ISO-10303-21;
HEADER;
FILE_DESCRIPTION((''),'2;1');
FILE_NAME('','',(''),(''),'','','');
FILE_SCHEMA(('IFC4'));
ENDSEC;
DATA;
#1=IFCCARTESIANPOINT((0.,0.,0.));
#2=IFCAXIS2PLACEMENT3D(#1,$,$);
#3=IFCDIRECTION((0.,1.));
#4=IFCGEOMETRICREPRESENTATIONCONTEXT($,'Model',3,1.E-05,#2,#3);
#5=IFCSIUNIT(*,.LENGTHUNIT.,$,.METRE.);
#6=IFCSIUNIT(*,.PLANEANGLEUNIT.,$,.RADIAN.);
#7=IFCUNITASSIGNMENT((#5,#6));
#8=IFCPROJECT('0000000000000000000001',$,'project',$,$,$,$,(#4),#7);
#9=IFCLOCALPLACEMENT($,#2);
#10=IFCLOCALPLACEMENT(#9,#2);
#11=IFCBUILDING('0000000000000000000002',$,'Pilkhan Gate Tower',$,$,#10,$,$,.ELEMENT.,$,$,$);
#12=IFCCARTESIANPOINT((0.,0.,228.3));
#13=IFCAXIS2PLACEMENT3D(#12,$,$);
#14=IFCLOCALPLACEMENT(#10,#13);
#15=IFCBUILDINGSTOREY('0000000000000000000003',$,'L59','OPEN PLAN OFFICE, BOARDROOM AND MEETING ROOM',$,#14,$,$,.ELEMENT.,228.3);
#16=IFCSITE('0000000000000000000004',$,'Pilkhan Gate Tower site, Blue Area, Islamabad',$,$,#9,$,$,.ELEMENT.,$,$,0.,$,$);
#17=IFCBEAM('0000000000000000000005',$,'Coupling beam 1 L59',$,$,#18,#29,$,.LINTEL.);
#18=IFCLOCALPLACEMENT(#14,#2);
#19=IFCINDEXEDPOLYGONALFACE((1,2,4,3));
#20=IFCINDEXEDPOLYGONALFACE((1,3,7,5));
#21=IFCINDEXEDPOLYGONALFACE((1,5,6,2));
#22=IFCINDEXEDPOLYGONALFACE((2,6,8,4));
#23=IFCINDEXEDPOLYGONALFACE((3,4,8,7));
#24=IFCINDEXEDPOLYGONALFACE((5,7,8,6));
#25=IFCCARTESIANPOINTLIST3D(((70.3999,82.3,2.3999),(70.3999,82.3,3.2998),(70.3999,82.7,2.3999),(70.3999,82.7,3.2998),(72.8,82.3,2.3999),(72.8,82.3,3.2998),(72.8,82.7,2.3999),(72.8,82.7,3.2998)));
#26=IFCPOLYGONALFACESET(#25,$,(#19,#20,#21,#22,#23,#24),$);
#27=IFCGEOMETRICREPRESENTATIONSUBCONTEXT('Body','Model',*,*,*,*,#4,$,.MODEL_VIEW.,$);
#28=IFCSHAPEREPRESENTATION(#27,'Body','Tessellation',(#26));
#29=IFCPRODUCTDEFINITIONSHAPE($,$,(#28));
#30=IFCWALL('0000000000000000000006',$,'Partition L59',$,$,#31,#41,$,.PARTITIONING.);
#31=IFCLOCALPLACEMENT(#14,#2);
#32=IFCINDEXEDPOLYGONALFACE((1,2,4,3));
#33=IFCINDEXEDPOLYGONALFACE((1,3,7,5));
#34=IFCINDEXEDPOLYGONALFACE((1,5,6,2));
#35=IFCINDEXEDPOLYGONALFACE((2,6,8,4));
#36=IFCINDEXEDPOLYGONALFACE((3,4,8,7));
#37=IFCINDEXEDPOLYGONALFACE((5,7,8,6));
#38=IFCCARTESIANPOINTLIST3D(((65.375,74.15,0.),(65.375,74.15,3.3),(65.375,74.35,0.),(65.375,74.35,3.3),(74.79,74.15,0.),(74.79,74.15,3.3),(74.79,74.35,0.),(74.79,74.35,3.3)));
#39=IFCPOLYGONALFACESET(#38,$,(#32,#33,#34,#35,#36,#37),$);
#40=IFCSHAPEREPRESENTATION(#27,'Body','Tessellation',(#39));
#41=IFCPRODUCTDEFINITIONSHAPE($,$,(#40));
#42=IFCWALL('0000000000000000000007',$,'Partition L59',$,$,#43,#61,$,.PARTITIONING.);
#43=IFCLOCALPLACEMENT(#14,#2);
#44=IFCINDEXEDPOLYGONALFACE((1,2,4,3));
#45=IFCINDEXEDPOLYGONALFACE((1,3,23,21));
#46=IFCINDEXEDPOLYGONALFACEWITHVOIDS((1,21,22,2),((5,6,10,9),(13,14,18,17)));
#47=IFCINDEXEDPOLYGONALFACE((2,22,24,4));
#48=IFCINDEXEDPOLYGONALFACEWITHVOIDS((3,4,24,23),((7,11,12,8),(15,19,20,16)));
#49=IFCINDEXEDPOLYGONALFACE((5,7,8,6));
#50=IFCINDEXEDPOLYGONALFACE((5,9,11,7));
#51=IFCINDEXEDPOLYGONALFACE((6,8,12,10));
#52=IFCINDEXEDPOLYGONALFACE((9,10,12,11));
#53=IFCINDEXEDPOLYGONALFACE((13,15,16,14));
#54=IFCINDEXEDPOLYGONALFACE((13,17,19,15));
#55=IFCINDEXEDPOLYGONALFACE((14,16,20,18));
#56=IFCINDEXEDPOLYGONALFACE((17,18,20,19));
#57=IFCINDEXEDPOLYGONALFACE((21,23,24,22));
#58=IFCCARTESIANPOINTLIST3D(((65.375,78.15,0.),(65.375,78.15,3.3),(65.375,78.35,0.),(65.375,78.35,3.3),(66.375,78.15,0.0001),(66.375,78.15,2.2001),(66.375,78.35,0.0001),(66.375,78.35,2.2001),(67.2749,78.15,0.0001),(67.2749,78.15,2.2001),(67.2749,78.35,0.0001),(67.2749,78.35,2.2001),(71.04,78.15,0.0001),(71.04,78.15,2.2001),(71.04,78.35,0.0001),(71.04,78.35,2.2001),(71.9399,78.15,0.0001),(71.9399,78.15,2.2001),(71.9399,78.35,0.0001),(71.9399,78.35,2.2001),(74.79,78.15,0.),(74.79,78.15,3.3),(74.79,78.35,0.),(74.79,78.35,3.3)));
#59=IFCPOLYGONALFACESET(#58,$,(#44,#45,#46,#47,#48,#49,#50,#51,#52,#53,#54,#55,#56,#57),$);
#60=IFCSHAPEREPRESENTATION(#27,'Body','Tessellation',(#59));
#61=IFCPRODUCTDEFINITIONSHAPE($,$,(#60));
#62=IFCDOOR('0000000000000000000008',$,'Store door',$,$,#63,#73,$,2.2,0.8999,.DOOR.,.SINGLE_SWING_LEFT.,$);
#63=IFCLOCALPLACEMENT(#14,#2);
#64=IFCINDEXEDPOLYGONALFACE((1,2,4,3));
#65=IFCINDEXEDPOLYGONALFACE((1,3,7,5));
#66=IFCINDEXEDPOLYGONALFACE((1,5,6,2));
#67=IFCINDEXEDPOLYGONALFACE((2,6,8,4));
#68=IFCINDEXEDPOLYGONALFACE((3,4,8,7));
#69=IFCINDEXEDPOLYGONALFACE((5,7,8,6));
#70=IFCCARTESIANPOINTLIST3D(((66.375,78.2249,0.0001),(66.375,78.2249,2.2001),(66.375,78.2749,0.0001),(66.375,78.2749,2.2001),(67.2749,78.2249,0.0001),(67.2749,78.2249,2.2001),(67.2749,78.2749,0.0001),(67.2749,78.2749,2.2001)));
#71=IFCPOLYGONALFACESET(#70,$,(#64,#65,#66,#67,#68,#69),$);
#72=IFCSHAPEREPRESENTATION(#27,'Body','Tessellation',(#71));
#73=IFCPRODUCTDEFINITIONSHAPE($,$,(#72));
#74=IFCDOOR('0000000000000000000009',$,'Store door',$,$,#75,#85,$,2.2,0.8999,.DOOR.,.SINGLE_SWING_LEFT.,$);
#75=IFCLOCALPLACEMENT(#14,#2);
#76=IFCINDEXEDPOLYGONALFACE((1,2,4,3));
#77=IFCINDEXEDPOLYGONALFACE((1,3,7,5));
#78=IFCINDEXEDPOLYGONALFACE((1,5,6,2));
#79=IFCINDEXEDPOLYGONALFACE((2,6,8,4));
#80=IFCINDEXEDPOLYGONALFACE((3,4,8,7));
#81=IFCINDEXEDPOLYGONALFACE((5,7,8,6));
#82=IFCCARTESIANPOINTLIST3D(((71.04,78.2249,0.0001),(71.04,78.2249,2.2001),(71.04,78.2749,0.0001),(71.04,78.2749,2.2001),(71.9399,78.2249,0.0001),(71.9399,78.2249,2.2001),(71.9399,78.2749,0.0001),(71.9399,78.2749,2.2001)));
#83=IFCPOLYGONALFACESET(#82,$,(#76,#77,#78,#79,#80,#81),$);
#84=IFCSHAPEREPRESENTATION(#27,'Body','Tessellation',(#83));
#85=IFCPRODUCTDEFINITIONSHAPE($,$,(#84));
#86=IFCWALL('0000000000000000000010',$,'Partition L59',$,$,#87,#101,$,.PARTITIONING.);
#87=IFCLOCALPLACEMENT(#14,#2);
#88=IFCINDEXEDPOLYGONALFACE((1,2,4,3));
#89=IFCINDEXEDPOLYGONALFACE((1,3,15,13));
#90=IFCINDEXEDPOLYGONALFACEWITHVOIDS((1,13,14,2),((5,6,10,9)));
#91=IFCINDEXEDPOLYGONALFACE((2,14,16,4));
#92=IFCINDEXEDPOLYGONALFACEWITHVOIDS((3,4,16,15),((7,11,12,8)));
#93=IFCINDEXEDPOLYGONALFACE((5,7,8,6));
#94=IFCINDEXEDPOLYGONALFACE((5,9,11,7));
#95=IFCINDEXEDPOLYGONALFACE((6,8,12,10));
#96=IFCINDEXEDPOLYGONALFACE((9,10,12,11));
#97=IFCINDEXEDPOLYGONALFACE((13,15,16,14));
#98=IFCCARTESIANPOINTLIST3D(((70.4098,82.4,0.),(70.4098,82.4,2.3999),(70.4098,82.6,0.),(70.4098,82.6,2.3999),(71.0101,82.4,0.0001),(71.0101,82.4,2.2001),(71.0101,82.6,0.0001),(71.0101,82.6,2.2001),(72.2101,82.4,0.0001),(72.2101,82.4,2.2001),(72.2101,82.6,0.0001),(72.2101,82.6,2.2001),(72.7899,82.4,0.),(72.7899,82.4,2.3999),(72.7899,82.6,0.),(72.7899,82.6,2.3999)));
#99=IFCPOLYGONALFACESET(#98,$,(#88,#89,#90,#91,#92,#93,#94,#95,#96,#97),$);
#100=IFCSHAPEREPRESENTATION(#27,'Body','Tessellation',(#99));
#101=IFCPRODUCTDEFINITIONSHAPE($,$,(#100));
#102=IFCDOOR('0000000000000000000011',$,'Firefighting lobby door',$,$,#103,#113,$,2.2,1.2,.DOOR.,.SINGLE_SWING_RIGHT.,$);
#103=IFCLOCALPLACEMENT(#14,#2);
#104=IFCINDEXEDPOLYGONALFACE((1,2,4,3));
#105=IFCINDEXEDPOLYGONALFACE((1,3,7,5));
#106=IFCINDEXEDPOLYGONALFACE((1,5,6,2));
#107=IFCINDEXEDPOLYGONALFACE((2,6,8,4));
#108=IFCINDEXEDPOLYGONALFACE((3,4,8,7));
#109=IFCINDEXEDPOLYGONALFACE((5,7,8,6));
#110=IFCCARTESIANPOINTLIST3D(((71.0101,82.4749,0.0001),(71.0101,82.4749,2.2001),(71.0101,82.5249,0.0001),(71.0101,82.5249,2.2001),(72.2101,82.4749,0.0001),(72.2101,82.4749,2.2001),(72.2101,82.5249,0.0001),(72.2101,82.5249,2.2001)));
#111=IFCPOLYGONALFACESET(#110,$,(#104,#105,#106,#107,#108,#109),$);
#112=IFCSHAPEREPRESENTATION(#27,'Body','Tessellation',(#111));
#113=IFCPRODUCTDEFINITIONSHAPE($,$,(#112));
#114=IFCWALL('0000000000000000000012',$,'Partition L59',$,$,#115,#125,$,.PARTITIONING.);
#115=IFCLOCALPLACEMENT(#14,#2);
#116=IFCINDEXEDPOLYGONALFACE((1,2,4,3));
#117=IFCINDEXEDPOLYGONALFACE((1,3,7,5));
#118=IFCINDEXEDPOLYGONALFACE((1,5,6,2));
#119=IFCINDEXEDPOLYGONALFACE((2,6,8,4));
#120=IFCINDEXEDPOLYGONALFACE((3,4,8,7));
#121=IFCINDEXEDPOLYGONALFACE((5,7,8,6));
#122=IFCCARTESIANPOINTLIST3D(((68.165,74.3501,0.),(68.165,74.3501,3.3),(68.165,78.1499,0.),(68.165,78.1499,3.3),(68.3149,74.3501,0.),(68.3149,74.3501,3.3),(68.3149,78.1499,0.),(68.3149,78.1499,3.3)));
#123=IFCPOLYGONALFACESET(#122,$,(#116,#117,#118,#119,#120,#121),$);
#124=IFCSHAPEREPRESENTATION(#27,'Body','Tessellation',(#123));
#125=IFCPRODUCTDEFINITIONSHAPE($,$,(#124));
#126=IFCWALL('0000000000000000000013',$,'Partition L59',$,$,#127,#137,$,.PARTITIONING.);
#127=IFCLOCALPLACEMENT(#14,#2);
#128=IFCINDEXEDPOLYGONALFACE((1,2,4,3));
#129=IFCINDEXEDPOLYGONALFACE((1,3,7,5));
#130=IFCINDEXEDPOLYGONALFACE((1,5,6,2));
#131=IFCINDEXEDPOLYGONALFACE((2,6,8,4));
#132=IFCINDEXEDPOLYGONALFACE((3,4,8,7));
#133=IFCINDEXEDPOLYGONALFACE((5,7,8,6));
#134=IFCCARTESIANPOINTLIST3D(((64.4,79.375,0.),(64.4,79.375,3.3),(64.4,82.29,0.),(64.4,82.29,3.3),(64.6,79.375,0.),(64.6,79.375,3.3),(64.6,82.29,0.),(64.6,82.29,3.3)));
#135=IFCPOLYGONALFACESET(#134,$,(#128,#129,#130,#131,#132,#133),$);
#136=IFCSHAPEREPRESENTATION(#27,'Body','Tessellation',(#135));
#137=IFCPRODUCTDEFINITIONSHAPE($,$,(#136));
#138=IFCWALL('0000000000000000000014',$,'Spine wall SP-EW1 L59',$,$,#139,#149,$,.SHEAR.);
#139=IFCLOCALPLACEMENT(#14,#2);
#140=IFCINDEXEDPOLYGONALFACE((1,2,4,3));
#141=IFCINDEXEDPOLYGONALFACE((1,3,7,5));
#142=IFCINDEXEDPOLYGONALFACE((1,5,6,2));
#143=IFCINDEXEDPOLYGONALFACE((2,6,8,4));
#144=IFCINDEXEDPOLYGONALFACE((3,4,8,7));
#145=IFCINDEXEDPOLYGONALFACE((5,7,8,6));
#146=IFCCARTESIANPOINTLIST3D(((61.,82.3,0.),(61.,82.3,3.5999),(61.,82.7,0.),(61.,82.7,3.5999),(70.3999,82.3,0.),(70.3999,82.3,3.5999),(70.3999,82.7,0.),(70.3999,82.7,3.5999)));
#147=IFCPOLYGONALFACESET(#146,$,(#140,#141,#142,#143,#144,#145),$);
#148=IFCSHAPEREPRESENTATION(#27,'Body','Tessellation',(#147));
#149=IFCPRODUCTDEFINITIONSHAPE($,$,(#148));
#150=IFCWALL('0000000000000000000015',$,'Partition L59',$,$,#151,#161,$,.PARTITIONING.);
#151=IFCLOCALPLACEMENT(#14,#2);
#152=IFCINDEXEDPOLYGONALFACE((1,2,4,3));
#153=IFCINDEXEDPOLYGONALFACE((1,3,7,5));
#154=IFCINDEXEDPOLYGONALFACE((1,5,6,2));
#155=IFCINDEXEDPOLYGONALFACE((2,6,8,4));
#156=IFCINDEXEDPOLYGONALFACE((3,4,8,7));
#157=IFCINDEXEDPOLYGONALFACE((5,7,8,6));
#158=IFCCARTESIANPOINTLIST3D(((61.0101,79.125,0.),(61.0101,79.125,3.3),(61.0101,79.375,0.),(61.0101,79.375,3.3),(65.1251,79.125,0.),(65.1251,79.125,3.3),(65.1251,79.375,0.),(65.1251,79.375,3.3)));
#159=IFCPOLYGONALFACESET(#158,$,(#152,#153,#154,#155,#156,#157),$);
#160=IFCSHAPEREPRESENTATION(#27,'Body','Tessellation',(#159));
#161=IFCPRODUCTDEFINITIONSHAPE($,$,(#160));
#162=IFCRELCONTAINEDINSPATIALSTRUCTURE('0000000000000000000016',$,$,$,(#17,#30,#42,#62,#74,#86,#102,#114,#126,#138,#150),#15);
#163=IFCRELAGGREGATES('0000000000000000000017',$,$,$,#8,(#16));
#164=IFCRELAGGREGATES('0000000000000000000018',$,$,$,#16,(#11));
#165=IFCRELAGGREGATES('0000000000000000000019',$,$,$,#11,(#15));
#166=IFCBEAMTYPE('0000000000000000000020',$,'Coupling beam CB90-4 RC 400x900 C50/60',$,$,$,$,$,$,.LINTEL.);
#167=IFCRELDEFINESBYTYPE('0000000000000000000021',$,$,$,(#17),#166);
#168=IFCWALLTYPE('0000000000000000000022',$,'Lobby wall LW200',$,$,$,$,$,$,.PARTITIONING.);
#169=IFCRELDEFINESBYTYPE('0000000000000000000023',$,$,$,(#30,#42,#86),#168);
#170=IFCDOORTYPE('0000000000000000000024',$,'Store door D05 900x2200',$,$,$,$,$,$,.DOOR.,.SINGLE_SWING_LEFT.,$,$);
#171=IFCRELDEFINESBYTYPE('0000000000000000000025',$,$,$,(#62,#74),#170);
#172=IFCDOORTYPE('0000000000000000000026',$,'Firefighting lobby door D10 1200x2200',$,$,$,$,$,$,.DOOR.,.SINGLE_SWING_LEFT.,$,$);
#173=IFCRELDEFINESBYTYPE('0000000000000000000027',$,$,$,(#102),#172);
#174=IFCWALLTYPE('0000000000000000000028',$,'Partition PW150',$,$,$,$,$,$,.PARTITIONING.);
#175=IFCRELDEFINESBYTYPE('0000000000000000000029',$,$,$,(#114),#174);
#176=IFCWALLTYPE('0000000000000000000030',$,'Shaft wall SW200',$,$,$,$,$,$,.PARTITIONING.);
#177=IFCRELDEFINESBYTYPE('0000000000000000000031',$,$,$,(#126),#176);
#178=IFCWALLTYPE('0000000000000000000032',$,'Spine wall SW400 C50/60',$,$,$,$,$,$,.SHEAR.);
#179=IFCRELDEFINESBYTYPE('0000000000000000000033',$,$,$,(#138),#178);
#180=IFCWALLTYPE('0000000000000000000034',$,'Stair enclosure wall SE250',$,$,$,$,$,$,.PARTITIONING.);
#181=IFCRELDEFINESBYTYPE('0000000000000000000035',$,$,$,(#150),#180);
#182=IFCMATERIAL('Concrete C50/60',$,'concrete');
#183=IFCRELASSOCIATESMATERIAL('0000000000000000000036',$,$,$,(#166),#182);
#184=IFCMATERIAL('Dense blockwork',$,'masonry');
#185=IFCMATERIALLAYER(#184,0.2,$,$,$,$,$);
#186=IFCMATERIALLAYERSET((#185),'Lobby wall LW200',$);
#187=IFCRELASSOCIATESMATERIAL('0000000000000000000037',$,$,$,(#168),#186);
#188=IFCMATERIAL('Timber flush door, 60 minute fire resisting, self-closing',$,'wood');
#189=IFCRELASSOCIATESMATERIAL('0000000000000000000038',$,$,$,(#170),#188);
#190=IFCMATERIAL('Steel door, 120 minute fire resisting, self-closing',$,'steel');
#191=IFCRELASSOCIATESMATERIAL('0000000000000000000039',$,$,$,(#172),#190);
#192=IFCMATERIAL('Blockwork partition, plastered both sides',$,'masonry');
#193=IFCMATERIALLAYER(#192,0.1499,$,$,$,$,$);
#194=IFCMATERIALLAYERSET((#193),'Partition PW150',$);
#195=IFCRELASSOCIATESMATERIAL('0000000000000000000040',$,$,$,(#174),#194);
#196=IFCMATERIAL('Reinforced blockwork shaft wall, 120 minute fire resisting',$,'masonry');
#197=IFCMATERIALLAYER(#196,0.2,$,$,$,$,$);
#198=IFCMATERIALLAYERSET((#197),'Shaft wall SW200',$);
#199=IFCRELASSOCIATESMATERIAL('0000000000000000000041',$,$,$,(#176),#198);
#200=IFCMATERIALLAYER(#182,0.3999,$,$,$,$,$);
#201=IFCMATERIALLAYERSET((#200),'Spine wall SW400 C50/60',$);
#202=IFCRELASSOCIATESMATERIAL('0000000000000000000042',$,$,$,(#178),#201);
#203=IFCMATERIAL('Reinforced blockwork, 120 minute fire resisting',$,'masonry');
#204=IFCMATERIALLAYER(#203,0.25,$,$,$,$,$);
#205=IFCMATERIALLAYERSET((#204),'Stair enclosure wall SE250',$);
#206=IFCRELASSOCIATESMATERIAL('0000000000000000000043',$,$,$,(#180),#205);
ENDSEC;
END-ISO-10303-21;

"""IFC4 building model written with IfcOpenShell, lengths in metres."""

from ifc_helpers import new_model, si_unit, direction, frame, frame_2d, origin, origin_2d, place, context, subcontext, project, spatial, rectangle, extrude, material, layer, layer_set, material_profile, profile_set, type_object, element, fill, save


model = new_model("IFC4")

# Units and contexts
model_context = context("Model", 3, precision=1e-05, world=origin(), true_north=direction((0.0, 1.0)))
body_context = subcontext(model_context, "Body", "Model", "MODEL_VIEW")
ifc_project = project(units=[si_unit("LENGTHUNIT", "METRE"), si_unit("PLANEANGLEUNIT", "RADIAN")], contexts=[model_context])

# Site, building, storey
site_placement = place(None, origin())
site = spatial("IfcSite", under=ifc_project, at=site_placement, Name="Pilkhan Gate Tower site, Blue Area, Islamabad", CompositionType="ELEMENT", RefElevation=0.0)
building_placement = place(site_placement, origin())
building = spatial("IfcBuilding", under=site, at=building_placement, Name="Pilkhan Gate Tower", CompositionType="ELEMENT")
storey_placement = place(building_placement, frame((0.0, 0.0, 228.3)))
storey = spatial("IfcBuildingStorey", under=building, at=storey_placement, Name="L59", Description="OPEN PLAN OFFICE, BOARDROOM AND MEETING ROOM", CompositionType="ELEMENT", Elevation=228.3)

# Beam
ifc_material_1 = material(Name="Concrete C50/60", Category="concrete")
ifc_material_profile = material_profile(ifc_material_1, rectangle(XDim=0.3999, YDim=0.8999, at=origin_2d()), Name="RC 400x900")
ifc_profile_set = profile_set([ifc_material_profile], Name="Concrete C50/60")
beam_type = type_object("IfcBeamType", Name="Coupling beam CB90-4 RC 400x900 C50/60", PredefinedType="LINTEL", material=ifc_profile_set)
beam_placement = place(storey_placement, frame((70.3999, 82.5, 2.8499), z_axis=(1.0, 0.0, 0.0), x_axis=(0.0, 1.0, 0.0)))
element("IfcBeam", 1, at=beam_placement, inside=storey, type_object=beam_type, Name="Coupling beam 1 L59", PredefinedType="LINTEL", context=body_context, shape_type="SweptSolid", body=[
    extrude(rectangle(XDim=0.3999, YDim=0.8999, at=origin_2d()), origin(), (0.0, 0.0, 1.0), 2.4001),
])

# Wall
ifc_material_2 = material(Name="Dense blockwork", Category="masonry")
ifc_layer_1 = layer(ifc_material_2, 0.2)
ifc_layer_set_1 = layer_set([ifc_layer_1], Name="Lobby wall LW200")
wall_type_1 = type_object("IfcWallType", Name="Lobby wall LW200", PredefinedType="PARTITIONING", material=ifc_layer_set_1)
wall_1_placement = place(storey_placement, frame((65.375, 74.25, 0.0), z_axis=(0.0, 0.0, 1.0), x_axis=(1.0, 0.0, 0.0)))
element("IfcWall", 2, at=wall_1_placement, inside=storey, type_object=wall_type_1, Name="Partition L59", PredefinedType="PARTITIONING", context=body_context, shape_type="SweptSolid", body=[
    extrude(rectangle(XDim=9.415, YDim=0.2, at=frame_2d((4.7075, 0.0))), origin(), (0.0, 0.0, 1.0), 3.3),
])

# Wall, openings, doors
wall_2_placement = place(storey_placement, frame((65.375, 78.25, 0.0), z_axis=(0.0, 0.0, 1.0), x_axis=(1.0, 0.0, 0.0)))
wall_2 = element("IfcWall", 3, at=wall_2_placement, inside=storey, type_object=wall_type_1, Name="Partition L59", PredefinedType="PARTITIONING", context=body_context, shape_type="SweptSolid", body=[
    extrude(rectangle(XDim=9.415, YDim=0.2, at=frame_2d((4.7075, 0.0))), origin(), (0.0, 0.0, 1.0), 3.3),
])
opening_1_placement = place(wall_2_placement, frame((1.0, 0.0, 0.0)))
opening_1 = element("IfcOpeningElement", 4, at=opening_1_placement, cuts=wall_2, PredefinedType="OPENING", context=body_context, shape_type="SweptSolid", body=[
    extrude(rectangle(XDim=0.8999, YDim=2.2, at=frame_2d((0.45, 1.1001))), frame((0.0, 0.1099, 0.0), z_axis=(0.0, -1.0, 0.0), x_axis=(1.0, 0.0, 0.0)), (0.0, 0.0, 1.0), 0.22),
])
opening_2_placement = place(wall_2_placement, frame((5.665, 0.0, 0.0)))
opening_2 = element("IfcOpeningElement", 5, at=opening_2_placement, cuts=wall_2, PredefinedType="OPENING", context=body_context, shape_type="SweptSolid", body=[
    extrude(rectangle(XDim=0.8999, YDim=2.2, at=frame_2d((0.45, 1.1001))), frame((0.0, 0.1099, 0.0), z_axis=(0.0, -1.0, 0.0), x_axis=(1.0, 0.0, 0.0)), (0.0, 0.0, 1.0), 0.22),
])
ifc_material_3 = material(Name="Timber flush door, 60 minute fire resisting, self-closing", Category="wood")
door_type_1 = type_object("IfcDoorType", Name="Store door D05 900x2200", OperationType="SINGLE_SWING_LEFT", PredefinedType="DOOR", material=ifc_material_3)
door_1_placement = place(opening_1_placement, origin())
door_1 = element("IfcDoor", 6, at=door_1_placement, inside=storey, type_object=door_type_1, Name="Store door", OperationType="SINGLE_SWING_LEFT", OverallHeight=2.2, OverallWidth=0.8999, PredefinedType="DOOR", context=body_context, shape_type="SweptSolid", body=[
    extrude(rectangle(XDim=0.8999, YDim=2.2, at=frame_2d((0.45, 1.1001))), frame((0.0, 0.0249, 0.0), z_axis=(0.0, -1.0, 0.0), x_axis=(1.0, 0.0, 0.0)), (0.0, 0.0, 1.0), 0.05),
])
fill(opening_1, door_1)
door_2_placement = place(opening_2_placement, origin())
door_2 = element("IfcDoor", 7, at=door_2_placement, inside=storey, type_object=door_type_1, Name="Store door", OperationType="SINGLE_SWING_LEFT", OverallHeight=2.2, OverallWidth=0.8999, PredefinedType="DOOR", context=body_context, shape_type="SweptSolid", body=[
    extrude(rectangle(XDim=0.8999, YDim=2.2, at=frame_2d((0.45, 1.1001))), frame((0.0, 0.0249, 0.0), z_axis=(0.0, -1.0, 0.0), x_axis=(1.0, 0.0, 0.0)), (0.0, 0.0, 1.0), 0.05),
])
fill(opening_2, door_2)

# Wall, opening, door
wall_3_placement = place(storey_placement, frame((70.4099, 82.5, 0.0), z_axis=(0.0, 0.0, 1.0), x_axis=(1.0, 0.0, 0.0)))
wall_3 = element("IfcWall", 8, at=wall_3_placement, inside=storey, type_object=wall_type_1, Name="Partition L59", PredefinedType="PARTITIONING", context=body_context, shape_type="SweptSolid", body=[
    extrude(rectangle(XDim=2.3801, YDim=0.2, at=frame_2d((1.1899, 0.0))), origin(), (0.0, 0.0, 1.0), 2.3999),
])
opening_3_placement = place(wall_3_placement, frame((0.6001, 0.0, 0.0)))
opening_3 = element("IfcOpeningElement", 9, at=opening_3_placement, cuts=wall_3, PredefinedType="OPENING", context=body_context, shape_type="SweptSolid", body=[
    extrude(rectangle(XDim=1.2, YDim=2.2, at=frame_2d((0.6001, 1.1001))), frame((0.0, 0.1099, 0.0), z_axis=(0.0, -1.0, 0.0), x_axis=(1.0, 0.0, 0.0)), (0.0, 0.0, 1.0), 0.22),
])
ifc_material_4 = material(Name="Steel door, 120 minute fire resisting, self-closing", Category="steel")
door_type_2 = type_object("IfcDoorType", Name="Firefighting lobby door D10 1200x2200", OperationType="SINGLE_SWING_LEFT", PredefinedType="DOOR", material=ifc_material_4)
door_3_placement = place(opening_3_placement, origin())
door_3 = element("IfcDoor", 10, at=door_3_placement, inside=storey, type_object=door_type_2, Name="Firefighting lobby door", OperationType="SINGLE_SWING_RIGHT", OverallHeight=2.2, OverallWidth=1.2, PredefinedType="DOOR", context=body_context, shape_type="SweptSolid", body=[
    extrude(rectangle(XDim=1.2, YDim=2.2, at=frame_2d((0.6001, 1.1001))), frame((0.0, 0.0249, 0.0), z_axis=(0.0, -1.0, 0.0), x_axis=(1.0, 0.0, 0.0)), (0.0, 0.0, 1.0), 0.05),
])
fill(opening_3, door_3)

# Walls
ifc_material_5 = material(Name="Blockwork partition, plastered both sides", Category="masonry")
ifc_layer_2 = layer(ifc_material_5, 0.1499)
ifc_layer_set_2 = layer_set([ifc_layer_2], Name="Partition PW150")
wall_type_2 = type_object("IfcWallType", Name="Partition PW150", PredefinedType="PARTITIONING", material=ifc_layer_set_2)
wall_4_placement = place(storey_placement, frame((68.24, 74.3501, 0.0), z_axis=(0.0, 0.0, 1.0), x_axis=(0.0, 1.0, 0.0)))
element("IfcWall", 11, at=wall_4_placement, inside=storey, type_object=wall_type_2, Name="Partition L59", PredefinedType="PARTITIONING", context=body_context, shape_type="SweptSolid", body=[
    extrude(rectangle(XDim=3.7998, YDim=0.1499, at=frame_2d((1.8999, 0.0))), origin(), (0.0, 0.0, 1.0), 3.3),
])
ifc_material_6 = material(Name="Reinforced blockwork shaft wall, 120 minute fire resisting", Category="masonry")
ifc_layer_3 = layer(ifc_material_6, 0.2)
ifc_layer_set_3 = layer_set([ifc_layer_3], Name="Shaft wall SW200")
wall_type_3 = type_object("IfcWallType", Name="Shaft wall SW200", PredefinedType="PARTITIONING", material=ifc_layer_set_3)
wall_5_placement = place(storey_placement, frame((64.5, 79.375, 0.0), z_axis=(0.0, 0.0, 1.0), x_axis=(0.0, 1.0, 0.0)))
element("IfcWall", 12, at=wall_5_placement, inside=storey, type_object=wall_type_3, Name="Partition L59", PredefinedType="PARTITIONING", context=body_context, shape_type="SweptSolid", body=[
    extrude(rectangle(XDim=2.915, YDim=0.2, at=frame_2d((1.4575, 0.0))), origin(), (0.0, 0.0, 1.0), 3.3),
])
ifc_layer_4 = layer(ifc_material_1, 0.3999)
ifc_layer_set_4 = layer_set([ifc_layer_4], Name="Spine wall SW400 C50/60")
wall_type_4 = type_object("IfcWallType", Name="Spine wall SW400 C50/60", PredefinedType="SHEAR", material=ifc_layer_set_4)
wall_6_placement = place(storey_placement, frame((61.0, 82.5, 0.0), z_axis=(0.0, 0.0, 1.0), x_axis=(1.0, 0.0, 0.0)))
element("IfcWall", 13, at=wall_6_placement, inside=storey, type_object=wall_type_4, Name="Spine wall SP-EW1 L59", PredefinedType="SHEAR", context=body_context, shape_type="SweptSolid", body=[
    extrude(rectangle(XDim=9.3999, YDim=0.3999, at=frame_2d((4.7, 0.0))), origin(), (0.0, 0.0, 1.0), 3.5999),
])
ifc_material_7 = material(Name="Reinforced blockwork, 120 minute fire resisting", Category="masonry")
ifc_layer_5 = layer(ifc_material_7, 0.25)
ifc_layer_set_5 = layer_set([ifc_layer_5], Name="Stair enclosure wall SE250")
wall_type_5 = type_object("IfcWallType", Name="Stair enclosure wall SE250", PredefinedType="PARTITIONING", material=ifc_layer_set_5)
wall_7_placement = place(storey_placement, frame((61.01, 79.25, 0.0), z_axis=(0.0, 0.0, 1.0), x_axis=(1.0, 0.0, 0.0)))
element("IfcWall", 14, at=wall_7_placement, inside=storey, type_object=wall_type_5, Name="Partition L59", PredefinedType="PARTITIONING", context=body_context, shape_type="SweptSolid", body=[
    extrude(rectangle(XDim=4.115, YDim=0.25, at=frame_2d((2.0576, 0.0))), origin(), (0.0, 0.0, 1.0), 3.3),
])

save(model, "model.ifc")
